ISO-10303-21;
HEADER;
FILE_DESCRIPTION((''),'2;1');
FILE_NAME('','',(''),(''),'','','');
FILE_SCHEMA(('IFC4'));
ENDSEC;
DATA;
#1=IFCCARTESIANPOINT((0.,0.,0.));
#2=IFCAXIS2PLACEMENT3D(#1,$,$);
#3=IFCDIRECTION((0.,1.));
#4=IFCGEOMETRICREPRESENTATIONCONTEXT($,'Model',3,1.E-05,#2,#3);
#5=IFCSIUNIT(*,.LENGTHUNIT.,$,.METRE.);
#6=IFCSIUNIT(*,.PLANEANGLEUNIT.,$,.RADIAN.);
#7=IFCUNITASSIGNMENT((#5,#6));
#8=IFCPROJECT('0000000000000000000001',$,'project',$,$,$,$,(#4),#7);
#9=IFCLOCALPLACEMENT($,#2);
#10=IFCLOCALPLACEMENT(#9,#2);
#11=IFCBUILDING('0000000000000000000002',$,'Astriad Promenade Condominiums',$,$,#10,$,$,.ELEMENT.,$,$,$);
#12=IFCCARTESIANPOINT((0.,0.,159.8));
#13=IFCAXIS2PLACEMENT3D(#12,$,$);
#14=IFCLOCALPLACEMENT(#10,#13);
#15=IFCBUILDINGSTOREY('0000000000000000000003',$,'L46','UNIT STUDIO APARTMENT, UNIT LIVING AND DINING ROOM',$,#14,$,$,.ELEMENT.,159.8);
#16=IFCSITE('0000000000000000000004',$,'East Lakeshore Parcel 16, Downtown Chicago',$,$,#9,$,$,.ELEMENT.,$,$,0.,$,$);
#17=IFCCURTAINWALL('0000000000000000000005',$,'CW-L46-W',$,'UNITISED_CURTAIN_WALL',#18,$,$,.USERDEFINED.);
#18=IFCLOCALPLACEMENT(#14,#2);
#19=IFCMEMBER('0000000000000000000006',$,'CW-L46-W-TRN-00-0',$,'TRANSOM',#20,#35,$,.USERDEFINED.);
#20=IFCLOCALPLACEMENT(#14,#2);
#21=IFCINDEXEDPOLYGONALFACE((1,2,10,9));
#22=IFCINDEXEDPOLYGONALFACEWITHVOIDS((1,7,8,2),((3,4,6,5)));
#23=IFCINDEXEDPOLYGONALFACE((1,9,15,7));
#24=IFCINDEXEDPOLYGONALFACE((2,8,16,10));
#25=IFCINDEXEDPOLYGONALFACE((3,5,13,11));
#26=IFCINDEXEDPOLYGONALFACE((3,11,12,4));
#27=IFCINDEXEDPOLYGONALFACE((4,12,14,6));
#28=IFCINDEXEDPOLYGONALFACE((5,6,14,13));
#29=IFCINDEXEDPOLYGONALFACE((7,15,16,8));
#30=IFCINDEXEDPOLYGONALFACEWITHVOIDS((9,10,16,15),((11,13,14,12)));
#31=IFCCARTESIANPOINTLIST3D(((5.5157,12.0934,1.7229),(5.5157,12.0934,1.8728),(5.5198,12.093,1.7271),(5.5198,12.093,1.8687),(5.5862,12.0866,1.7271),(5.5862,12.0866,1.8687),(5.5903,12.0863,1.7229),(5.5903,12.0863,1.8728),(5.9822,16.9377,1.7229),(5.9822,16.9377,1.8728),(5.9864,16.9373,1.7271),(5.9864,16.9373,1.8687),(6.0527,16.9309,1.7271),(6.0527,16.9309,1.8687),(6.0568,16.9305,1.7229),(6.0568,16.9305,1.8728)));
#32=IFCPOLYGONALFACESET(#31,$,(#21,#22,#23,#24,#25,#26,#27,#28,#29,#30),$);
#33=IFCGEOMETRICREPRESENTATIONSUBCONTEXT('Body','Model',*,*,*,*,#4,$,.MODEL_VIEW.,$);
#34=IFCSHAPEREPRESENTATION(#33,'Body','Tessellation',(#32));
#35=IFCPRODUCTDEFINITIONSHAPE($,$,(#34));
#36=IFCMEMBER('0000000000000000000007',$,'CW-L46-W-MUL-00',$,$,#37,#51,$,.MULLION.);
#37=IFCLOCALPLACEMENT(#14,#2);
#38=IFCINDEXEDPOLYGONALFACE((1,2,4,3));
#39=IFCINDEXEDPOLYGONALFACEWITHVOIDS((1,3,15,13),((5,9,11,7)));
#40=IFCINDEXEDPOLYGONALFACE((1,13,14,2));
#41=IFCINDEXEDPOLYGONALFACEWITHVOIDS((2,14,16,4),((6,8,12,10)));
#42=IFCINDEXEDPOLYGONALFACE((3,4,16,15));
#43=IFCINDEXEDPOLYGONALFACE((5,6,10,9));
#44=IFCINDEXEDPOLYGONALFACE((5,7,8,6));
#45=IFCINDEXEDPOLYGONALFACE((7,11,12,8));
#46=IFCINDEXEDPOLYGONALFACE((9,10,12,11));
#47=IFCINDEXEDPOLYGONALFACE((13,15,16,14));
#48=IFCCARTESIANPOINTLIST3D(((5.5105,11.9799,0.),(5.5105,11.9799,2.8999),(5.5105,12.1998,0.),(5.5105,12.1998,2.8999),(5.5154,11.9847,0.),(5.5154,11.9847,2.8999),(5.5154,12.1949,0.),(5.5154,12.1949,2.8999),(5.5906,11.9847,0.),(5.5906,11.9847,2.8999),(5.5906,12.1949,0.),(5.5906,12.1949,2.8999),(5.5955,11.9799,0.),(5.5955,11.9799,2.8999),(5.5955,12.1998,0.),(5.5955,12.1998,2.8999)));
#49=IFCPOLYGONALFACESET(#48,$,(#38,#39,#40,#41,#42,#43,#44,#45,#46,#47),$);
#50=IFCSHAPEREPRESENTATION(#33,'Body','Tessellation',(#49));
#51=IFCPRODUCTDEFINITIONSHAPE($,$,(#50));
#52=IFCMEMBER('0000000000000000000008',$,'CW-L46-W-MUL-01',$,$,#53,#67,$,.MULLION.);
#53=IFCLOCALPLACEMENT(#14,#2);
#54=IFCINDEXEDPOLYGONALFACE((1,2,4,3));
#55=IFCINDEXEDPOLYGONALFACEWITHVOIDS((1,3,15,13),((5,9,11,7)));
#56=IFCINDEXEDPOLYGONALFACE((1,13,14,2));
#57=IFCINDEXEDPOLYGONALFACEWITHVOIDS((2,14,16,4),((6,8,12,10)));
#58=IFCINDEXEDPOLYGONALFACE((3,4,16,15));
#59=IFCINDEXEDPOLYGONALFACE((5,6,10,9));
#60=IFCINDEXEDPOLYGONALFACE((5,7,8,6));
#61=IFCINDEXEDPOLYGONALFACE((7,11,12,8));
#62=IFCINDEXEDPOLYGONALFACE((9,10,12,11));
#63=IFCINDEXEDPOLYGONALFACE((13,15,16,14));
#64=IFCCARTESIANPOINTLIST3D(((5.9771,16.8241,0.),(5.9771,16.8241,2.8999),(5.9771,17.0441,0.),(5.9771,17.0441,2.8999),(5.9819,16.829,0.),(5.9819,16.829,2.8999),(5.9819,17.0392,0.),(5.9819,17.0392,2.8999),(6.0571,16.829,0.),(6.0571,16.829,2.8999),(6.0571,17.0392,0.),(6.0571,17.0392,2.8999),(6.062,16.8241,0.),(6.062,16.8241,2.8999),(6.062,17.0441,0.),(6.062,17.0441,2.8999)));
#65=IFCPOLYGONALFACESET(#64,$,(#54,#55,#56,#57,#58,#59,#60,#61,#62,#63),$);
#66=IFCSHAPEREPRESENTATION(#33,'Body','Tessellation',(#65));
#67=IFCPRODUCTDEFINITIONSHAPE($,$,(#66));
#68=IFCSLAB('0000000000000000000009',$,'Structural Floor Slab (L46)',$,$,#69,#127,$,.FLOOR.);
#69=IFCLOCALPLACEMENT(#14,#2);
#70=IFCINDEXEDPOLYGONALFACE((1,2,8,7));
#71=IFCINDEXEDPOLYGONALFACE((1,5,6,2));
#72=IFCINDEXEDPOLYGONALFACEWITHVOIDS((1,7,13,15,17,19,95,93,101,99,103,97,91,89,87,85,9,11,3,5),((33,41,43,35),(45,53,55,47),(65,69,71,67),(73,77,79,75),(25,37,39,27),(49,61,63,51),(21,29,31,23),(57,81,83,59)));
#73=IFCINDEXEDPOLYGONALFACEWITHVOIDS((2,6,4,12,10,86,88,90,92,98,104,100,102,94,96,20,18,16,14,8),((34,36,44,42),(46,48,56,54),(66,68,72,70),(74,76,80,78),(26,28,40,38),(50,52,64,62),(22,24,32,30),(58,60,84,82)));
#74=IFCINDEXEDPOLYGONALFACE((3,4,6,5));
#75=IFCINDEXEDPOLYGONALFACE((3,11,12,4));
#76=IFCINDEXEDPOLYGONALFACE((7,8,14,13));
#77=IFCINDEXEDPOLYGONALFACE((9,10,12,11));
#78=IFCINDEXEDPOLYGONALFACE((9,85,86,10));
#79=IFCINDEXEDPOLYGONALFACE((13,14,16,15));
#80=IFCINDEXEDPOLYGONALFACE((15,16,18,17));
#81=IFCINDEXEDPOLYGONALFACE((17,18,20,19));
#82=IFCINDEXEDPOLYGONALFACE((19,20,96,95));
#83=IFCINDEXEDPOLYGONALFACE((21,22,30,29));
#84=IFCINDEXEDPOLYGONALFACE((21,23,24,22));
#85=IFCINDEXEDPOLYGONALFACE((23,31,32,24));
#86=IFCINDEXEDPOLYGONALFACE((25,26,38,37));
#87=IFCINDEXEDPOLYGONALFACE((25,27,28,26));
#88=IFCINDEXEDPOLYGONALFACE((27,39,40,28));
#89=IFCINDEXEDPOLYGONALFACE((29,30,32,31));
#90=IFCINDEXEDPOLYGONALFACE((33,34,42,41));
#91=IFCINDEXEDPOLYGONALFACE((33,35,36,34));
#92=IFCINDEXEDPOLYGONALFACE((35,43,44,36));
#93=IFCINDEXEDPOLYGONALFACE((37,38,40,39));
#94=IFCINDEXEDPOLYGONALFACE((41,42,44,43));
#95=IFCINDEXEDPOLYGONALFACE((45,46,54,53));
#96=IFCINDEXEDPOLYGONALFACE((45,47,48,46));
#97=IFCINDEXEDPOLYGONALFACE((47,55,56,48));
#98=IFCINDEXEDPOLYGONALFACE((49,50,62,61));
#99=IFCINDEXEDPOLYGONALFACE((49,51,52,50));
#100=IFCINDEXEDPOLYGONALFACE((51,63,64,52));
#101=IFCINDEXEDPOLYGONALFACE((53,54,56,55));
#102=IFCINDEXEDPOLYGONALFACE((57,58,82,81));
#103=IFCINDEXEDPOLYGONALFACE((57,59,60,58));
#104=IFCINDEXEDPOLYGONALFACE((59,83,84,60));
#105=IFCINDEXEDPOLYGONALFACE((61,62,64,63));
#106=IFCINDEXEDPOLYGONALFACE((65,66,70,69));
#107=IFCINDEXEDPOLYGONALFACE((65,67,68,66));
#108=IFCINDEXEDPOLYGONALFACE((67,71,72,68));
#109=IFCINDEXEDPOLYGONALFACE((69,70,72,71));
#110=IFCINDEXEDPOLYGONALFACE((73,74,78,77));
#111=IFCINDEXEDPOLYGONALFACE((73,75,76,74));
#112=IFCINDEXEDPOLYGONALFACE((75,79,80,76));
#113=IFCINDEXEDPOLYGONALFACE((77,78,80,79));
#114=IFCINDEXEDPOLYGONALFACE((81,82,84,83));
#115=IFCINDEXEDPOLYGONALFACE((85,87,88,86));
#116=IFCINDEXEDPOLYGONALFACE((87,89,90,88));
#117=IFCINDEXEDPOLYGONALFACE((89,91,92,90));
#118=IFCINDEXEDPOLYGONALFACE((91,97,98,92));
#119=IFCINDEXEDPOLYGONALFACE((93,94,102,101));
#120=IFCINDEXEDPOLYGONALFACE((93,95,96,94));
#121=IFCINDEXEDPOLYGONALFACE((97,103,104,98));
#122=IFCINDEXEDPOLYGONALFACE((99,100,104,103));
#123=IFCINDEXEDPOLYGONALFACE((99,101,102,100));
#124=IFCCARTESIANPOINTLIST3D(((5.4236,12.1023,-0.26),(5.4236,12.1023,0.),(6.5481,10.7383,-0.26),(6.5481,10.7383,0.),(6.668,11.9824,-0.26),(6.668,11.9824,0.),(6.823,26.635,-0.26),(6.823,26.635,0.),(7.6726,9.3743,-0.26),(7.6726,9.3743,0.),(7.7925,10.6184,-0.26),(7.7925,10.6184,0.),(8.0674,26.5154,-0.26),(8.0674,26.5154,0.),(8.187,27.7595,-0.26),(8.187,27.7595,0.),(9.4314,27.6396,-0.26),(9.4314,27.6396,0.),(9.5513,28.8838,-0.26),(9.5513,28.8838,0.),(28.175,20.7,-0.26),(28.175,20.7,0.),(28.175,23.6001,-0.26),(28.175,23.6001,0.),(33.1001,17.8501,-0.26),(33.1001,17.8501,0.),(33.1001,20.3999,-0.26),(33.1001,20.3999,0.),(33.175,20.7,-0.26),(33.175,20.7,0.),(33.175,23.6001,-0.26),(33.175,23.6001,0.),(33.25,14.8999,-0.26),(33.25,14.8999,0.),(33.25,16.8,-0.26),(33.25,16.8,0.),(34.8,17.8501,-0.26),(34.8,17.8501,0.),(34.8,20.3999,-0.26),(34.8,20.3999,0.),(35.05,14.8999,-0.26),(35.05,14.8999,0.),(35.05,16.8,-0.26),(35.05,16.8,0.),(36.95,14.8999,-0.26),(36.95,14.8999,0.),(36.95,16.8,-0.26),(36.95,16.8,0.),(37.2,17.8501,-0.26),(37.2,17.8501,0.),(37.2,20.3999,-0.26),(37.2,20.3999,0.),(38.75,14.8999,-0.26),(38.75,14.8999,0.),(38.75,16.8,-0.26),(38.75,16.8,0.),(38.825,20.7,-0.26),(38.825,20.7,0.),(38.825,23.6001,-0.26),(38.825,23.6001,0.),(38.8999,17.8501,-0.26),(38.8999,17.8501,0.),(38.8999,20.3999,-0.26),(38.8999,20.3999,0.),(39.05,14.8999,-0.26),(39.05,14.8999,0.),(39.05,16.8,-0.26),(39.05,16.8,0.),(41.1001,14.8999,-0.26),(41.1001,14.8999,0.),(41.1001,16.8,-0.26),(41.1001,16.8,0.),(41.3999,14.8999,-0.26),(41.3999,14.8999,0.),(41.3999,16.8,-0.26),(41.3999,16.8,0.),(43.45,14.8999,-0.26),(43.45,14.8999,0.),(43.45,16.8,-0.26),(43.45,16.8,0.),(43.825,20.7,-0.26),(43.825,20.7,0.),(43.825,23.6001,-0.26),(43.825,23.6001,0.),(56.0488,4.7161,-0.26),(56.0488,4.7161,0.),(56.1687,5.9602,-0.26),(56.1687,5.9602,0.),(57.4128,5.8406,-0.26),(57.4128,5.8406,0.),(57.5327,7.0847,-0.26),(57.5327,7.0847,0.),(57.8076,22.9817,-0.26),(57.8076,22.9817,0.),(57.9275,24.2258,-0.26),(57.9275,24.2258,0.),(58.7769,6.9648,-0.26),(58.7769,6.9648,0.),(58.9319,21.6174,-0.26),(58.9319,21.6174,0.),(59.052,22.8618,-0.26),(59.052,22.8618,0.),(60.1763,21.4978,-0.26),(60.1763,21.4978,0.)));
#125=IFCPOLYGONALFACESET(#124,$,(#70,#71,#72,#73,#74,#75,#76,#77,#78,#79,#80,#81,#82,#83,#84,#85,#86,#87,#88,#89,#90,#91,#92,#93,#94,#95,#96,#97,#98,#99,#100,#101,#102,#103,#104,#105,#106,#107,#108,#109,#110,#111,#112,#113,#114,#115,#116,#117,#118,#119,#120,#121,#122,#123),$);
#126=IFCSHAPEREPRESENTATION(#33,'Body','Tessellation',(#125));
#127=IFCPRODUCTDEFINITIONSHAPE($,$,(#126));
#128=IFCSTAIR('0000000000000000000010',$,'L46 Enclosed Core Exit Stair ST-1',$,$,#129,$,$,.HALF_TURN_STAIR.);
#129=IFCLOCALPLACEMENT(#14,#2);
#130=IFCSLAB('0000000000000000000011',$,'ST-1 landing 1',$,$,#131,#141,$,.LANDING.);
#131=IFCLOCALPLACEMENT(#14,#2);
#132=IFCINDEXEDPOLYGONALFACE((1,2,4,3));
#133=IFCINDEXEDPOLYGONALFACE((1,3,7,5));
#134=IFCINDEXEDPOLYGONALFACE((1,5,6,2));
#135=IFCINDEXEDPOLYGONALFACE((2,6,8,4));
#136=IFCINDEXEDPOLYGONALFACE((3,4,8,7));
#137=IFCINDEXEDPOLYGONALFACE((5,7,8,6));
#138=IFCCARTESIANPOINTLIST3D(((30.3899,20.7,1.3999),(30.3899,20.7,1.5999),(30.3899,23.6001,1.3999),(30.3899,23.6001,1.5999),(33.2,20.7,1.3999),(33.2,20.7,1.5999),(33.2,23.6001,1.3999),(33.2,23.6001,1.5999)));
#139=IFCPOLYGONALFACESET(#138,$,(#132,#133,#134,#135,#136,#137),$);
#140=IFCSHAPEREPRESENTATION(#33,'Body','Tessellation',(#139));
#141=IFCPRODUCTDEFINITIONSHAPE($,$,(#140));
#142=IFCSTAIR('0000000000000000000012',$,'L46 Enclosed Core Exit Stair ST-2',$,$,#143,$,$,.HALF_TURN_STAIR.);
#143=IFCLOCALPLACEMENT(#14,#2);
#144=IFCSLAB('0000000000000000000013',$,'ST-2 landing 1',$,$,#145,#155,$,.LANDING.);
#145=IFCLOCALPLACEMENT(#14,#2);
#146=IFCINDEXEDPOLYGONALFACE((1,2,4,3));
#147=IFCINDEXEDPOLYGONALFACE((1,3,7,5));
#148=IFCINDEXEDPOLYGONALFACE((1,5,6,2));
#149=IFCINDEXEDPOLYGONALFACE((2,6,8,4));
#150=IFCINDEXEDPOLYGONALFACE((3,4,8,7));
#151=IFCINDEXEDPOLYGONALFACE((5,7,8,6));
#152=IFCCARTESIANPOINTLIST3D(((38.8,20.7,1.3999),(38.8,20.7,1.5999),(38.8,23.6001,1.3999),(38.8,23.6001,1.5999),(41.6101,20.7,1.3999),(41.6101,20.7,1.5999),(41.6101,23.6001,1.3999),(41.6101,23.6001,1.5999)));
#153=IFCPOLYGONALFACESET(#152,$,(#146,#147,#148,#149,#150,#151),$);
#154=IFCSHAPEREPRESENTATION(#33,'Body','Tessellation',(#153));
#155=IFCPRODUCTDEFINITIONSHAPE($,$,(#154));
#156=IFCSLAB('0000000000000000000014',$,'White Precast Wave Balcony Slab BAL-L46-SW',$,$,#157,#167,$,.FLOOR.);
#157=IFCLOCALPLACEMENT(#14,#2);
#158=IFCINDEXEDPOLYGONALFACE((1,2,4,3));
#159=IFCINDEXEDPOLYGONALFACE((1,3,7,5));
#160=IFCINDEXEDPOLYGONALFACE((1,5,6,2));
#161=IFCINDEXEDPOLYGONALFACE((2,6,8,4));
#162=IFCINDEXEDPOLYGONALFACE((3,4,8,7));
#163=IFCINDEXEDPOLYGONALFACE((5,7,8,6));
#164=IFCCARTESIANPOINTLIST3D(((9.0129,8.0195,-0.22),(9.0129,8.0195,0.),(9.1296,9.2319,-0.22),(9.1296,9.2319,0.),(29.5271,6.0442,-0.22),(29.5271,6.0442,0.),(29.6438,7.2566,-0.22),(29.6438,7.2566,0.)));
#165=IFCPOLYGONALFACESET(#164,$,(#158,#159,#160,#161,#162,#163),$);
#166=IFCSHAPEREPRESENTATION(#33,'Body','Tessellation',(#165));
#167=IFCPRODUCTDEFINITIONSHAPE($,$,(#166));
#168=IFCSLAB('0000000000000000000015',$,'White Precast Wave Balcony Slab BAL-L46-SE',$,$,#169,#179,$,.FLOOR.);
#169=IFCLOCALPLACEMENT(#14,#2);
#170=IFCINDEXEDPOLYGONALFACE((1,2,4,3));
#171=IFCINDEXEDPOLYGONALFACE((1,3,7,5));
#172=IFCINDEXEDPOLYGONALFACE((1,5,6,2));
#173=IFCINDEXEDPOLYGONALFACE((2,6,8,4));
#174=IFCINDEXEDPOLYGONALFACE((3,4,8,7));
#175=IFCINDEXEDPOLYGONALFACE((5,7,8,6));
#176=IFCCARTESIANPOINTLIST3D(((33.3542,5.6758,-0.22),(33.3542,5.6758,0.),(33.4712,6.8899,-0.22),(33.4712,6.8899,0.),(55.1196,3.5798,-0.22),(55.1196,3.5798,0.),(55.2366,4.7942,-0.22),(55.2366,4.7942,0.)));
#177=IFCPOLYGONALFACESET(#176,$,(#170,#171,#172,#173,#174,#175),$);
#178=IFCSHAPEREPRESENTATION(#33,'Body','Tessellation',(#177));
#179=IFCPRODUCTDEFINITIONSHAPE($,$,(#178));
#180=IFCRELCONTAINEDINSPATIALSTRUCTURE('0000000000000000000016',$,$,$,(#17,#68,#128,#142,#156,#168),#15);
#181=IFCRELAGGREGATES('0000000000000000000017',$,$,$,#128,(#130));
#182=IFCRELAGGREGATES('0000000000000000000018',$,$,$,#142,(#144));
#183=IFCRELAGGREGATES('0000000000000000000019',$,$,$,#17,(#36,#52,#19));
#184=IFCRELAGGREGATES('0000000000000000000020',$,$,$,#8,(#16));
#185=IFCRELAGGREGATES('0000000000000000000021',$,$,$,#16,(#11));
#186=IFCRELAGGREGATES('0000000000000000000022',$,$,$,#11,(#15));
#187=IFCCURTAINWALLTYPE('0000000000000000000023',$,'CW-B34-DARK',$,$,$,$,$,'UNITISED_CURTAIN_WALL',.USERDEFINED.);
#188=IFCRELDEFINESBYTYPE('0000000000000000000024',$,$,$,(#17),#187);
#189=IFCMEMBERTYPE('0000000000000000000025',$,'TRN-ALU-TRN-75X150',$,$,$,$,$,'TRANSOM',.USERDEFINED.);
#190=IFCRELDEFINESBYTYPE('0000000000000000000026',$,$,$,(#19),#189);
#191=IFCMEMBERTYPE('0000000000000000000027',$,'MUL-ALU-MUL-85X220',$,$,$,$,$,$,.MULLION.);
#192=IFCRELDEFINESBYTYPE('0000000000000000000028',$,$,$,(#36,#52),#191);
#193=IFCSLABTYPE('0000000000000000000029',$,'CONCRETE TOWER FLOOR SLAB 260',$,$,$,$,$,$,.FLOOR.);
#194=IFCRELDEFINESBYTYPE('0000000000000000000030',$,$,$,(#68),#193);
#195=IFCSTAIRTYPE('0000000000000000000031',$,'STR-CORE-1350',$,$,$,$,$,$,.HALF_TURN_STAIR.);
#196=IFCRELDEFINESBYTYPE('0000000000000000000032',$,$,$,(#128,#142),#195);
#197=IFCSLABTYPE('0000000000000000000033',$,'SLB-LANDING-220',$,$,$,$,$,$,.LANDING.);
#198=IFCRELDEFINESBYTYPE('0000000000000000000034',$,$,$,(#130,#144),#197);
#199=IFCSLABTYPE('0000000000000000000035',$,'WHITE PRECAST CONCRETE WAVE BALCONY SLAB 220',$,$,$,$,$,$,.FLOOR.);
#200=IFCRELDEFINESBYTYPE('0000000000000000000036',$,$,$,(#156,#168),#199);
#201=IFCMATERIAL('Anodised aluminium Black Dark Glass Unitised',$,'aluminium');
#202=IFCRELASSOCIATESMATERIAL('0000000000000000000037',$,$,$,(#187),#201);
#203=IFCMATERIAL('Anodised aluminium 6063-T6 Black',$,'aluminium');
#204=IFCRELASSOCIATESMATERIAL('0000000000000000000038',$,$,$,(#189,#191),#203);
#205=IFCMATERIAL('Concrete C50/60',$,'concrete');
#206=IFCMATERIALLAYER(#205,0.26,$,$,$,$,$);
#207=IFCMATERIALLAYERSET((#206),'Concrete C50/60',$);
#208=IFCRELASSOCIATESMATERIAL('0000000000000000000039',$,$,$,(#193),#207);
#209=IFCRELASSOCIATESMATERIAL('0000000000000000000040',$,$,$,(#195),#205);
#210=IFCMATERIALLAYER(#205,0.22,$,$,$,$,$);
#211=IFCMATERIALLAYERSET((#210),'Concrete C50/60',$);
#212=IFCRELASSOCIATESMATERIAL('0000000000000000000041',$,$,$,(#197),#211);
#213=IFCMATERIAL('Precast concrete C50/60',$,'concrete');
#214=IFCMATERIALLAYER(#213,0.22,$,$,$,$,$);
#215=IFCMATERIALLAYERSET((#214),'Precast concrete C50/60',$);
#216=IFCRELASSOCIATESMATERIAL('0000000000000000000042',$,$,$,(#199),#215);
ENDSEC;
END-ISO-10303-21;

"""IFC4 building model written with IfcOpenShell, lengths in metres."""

from ifc_helpers import new_model, si_unit, direction, frame, origin, origin_2d, place, context, subcontext, project, spatial, polyline, hollow_rectangle, outline, extrude, source, transform, mapped, material, layer, layer_set, material_profile, profile_set, type_object, type_shapes, element, aggregate, save


model = new_model("IFC4")

# Units and contexts
model_context = context("Model", 3, precision=1e-05, world=origin(), true_north=direction((0.0, 1.0)))
body_context = subcontext(model_context, "Body", "Model", "MODEL_VIEW")
ifc_project = project(units=[si_unit("LENGTHUNIT", "METRE"), si_unit("PLANEANGLEUNIT", "RADIAN")], contexts=[model_context])

# Site, building, storey
site_placement = place(None, origin())
site = spatial("IfcSite", under=ifc_project, at=site_placement, Name="East Lakeshore Parcel 16, Downtown Chicago", CompositionType="ELEMENT", RefElevation=0.0)
building_placement = place(site_placement, origin())
building = spatial("IfcBuilding", under=site, at=building_placement, Name="Astriad Promenade Condominiums", CompositionType="ELEMENT")
storey_placement = place(building_placement, frame((0.0, 0.0, 159.8)))
storey = spatial("IfcBuildingStorey", under=building, at=storey_placement, Name="L46", Description="UNIT STUDIO APARTMENT, UNIT LIVING AND DINING ROOM", CompositionType="ELEMENT", Elevation=159.8)

# Curtain wall, members
ifc_material_1 = material(Name="Anodised aluminium Black Dark Glass Unitised", Category="aluminium")
curtain_wall_type = type_object("IfcCurtainWallType", Name="CW-B34-DARK", ElementType="UNITISED_CURTAIN_WALL", PredefinedType="USERDEFINED", material=ifc_material_1)
curtain_wall_placement = place(storey_placement, origin())
curtain_wall = element("IfcCurtainWall", 1, at=curtain_wall_placement, inside=storey, type_object=curtain_wall_type, Name="CW-L46-W", ObjectType="UNITISED_CURTAIN_WALL", PredefinedType="USERDEFINED")
ifc_material_2 = material(Name="Anodised aluminium 6063-T6 Black", Category="aluminium")
ifc_material_profile_1 = material_profile(ifc_material_2, hollow_rectangle(XDim=0.075, YDim=0.1499, WallThickness=0.0042, at=origin_2d()), Name="ALU-TRN-75X150")
ifc_profile_set_1 = profile_set([ifc_material_profile_1], Name="Anodised aluminium 6063-T6 Black")
member_type_1 = type_object("IfcMemberType", Name="TRN-ALU-TRN-75X150", ElementType="TRANSOM", PredefinedType="USERDEFINED", material=ifc_profile_set_1)
shared_shape_1 = source(origin(), body_context, "Body", "SweptSolid", [
    extrude(hollow_rectangle(XDim=0.075, YDim=0.1499, WallThickness=0.0042, at=origin_2d()), origin(), (0.0, 0.0, 1.0), 4.8667),
])
type_shapes(member_type_1, [shared_shape_1])
member_1_placement = place(storey_placement, frame((5.553, 12.0898, 1.7979), z_axis=(0.095867, 0.995394, 0.0), x_axis=(-0.995394, 0.095867, 0.0)))
member_1 = element("IfcMember", 2, at=member_1_placement, type_object=member_type_1, Name="CW-L46-W-TRN-00-0", ObjectType="TRANSOM", PredefinedType="USERDEFINED", context=body_context, shape_type="MappedRepresentation", body=[
    mapped(shared_shape_1, transform((0.0, 0.0, 0.0), scale=1.0)),
])
ifc_material_profile_2 = material_profile(ifc_material_2, hollow_rectangle(XDim=0.085, YDim=0.22, WallThickness=0.0049, at=origin_2d()), Name="ALU-MUL-85X220")
ifc_profile_set_2 = profile_set([ifc_material_profile_2], Name="Anodised aluminium 6063-T6 Black")
member_type_2 = type_object("IfcMemberType", Name="MUL-ALU-MUL-85X220", PredefinedType="MULLION", material=ifc_profile_set_2)
shared_shape_2 = source(origin(), body_context, "Body", "SweptSolid", [
    extrude(hollow_rectangle(XDim=0.085, YDim=0.22, WallThickness=0.0049, at=origin_2d()), origin(), (0.0, 0.0, 1.0), 2.8999),
])
type_shapes(member_type_2, [shared_shape_2])
member_2_placement = place(storey_placement, frame((5.553, 12.0898, 0.0), z_axis=(0.0, 0.0, 1.0), x_axis=(1.0, 0.0, 0.0)))
member_2 = element("IfcMember", 3, at=member_2_placement, type_object=member_type_2, Name="CW-L46-W-MUL-00", PredefinedType="MULLION", context=body_context, shape_type="MappedRepresentation", body=[
    mapped(shared_shape_2, transform((0.0, 0.0, 0.0), scale=1.0)),
])
member_3_placement = place(storey_placement, frame((6.0195, 16.9341, 0.0), z_axis=(0.0, 0.0, 1.0), x_axis=(1.0, 0.0, 0.0)))
member_3 = element("IfcMember", 4, at=member_3_placement, type_object=member_type_2, Name="CW-L46-W-MUL-01", PredefinedType="MULLION", context=body_context, shape_type="MappedRepresentation", body=[
    mapped(shared_shape_2, transform((0.0, 0.0, 0.0), scale=1.0)),
])

# Slab
ifc_material_3 = material(Name="Concrete C50/60", Category="concrete")
ifc_layer_1 = layer(ifc_material_3, 0.26)
ifc_layer_set_1 = layer_set([ifc_layer_1], Name="Concrete C50/60")
slab_type_1 = type_object("IfcSlabType", Name="CONCRETE TOWER FLOOR SLAB 260", PredefinedType="FLOOR", material=ifc_layer_set_1)
slab_1_placement = place(storey_placement, frame((0.0, 0.0, -0.26)))
element("IfcSlab", 5, at=slab_1_placement, inside=storey, type_object=slab_type_1, Name="Structural Floor Slab (L46)", PredefinedType="FLOOR", context=body_context, shape_type="SweptSolid", body=[
    extrude(outline(polyline([(7.6726, 9.3743), (56.0488, 4.7161), (56.1687, 5.9602), (57.4128, 5.8406), (57.5327, 7.0847), (58.7769, 6.9648), (60.1763, 21.4978), (58.9319, 21.6174), (59.052, 22.8618), (57.8076, 22.9817), (57.9275, 24.2258), (9.5513, 28.8838), (9.4314, 27.6396), (8.187, 27.7595), (8.0674, 26.5154), (6.823, 26.635), (5.4236, 12.1023), (6.668, 11.9824), (6.5481, 10.7383), (7.7925, 10.6184), (7.6726, 9.3743)]), holes=[polyline([(28.175, 20.7), (33.175, 20.7), (33.175, 23.6001), (28.175, 23.6001), (28.175, 20.7)]), polyline([(38.825, 20.7), (43.825, 20.7), (43.825, 23.6001), (38.825, 23.6001), (38.825, 20.7)]), polyline([(33.1001, 17.8501), (34.8, 17.8501), (34.8, 20.3999), (33.1001, 20.3999), (33.1001, 17.8501)]), polyline([(37.2, 17.8501), (38.8999, 17.8501), (38.8999, 20.3999), (37.2, 20.3999), (37.2, 17.8501)]), polyline([(33.25, 14.8999), (35.05, 14.8999), (35.05, 16.8), (33.25, 16.8), (33.25, 14.8999)]), polyline([(36.95, 14.8999), (38.75, 14.8999), (38.75, 16.8), (36.95, 16.8), (36.95, 14.8999)]), polyline([(39.05, 14.8999), (41.1001, 14.8999), (41.1001, 16.8), (39.05, 16.8), (39.05, 14.8999)]), polyline([(41.3999, 14.8999), (43.45, 14.8999), (43.45, 16.8), (41.3999, 16.8), (41.3999, 14.8999)])]), origin(), (0.0, 0.0, 1.0), 0.26),
])

# Stairs, slabs
stair_type = type_object("IfcStairType", Name="STR-CORE-1350", PredefinedType="HALF_TURN_STAIR", material=ifc_material_3)
stair_1_placement = place(storey_placement, origin())
stair_1 = element("IfcStair", 6, at=stair_1_placement, inside=storey, type_object=stair_type, Name="L46 Enclosed Core Exit Stair ST-1", PredefinedType="HALF_TURN_STAIR")
ifc_layer_2 = layer(ifc_material_3, 0.22)
ifc_layer_set_2 = layer_set([ifc_layer_2], Name="Concrete C50/60")
slab_type_2 = type_object("IfcSlabType", Name="SLB-LANDING-220", PredefinedType="LANDING", material=ifc_layer_set_2)
slab_2_placement = place(storey_placement, frame((0.0, 0.0, 1.3999)))
slab_2 = element("IfcSlab", 7, at=slab_2_placement, type_object=slab_type_2, Name="ST-1 landing 1", PredefinedType="LANDING", context=body_context, shape_type="SweptSolid", body=[
    extrude(outline(polyline([(30.3899, 20.7), (33.2, 20.7), (33.2, 23.6001), (30.3899, 23.6001), (30.3899, 20.7)])), origin(), (0.0, 0.0, 1.0), 0.2),
])
aggregate(stair_1, [slab_2])
stair_2_placement = place(storey_placement, origin())
stair_2 = element("IfcStair", 8, at=stair_2_placement, inside=storey, type_object=stair_type, Name="L46 Enclosed Core Exit Stair ST-2", PredefinedType="HALF_TURN_STAIR")
slab_3_placement = place(storey_placement, frame((0.0, 0.0, 1.3999)))
slab_3 = element("IfcSlab", 9, at=slab_3_placement, type_object=slab_type_2, Name="ST-2 landing 1", PredefinedType="LANDING", context=body_context, shape_type="SweptSolid", body=[
    extrude(outline(polyline([(41.6101, 23.6001), (38.8, 23.6001), (38.8, 20.7), (41.6101, 20.7), (41.6101, 23.6001)])), origin(), (0.0, 0.0, 1.0), 0.2),
])
aggregate(stair_2, [slab_3])

# Slabs
ifc_material_4 = material(Name="Precast concrete C50/60", Category="concrete")
ifc_layer_3 = layer(ifc_material_4, 0.22)
ifc_layer_set_3 = layer_set([ifc_layer_3], Name="Precast concrete C50/60")
slab_type_3 = type_object("IfcSlabType", Name="WHITE PRECAST CONCRETE WAVE BALCONY SLAB 220", PredefinedType="FLOOR", material=ifc_layer_set_3)
slab_4_placement = place(storey_placement, frame((0.0, 0.0, -0.22)))
element("IfcSlab", 10, at=slab_4_placement, inside=storey, type_object=slab_type_3, Name="White Precast Wave Balcony Slab BAL-L46-SW", PredefinedType="FLOOR", context=body_context, shape_type="SweptSolid", body=[
    extrude(outline(polyline([(29.5271, 6.0442), (9.0129, 8.0195), (9.1296, 9.2319), (29.6438, 7.2566), (29.5271, 6.0442)])), origin(), (0.0, 0.0, 1.0), 0.22),
])
slab_5_placement = place(storey_placement, frame((0.0, 0.0, -0.22)))
element("IfcSlab", 11, at=slab_5_placement, inside=storey, type_object=slab_type_3, Name="White Precast Wave Balcony Slab BAL-L46-SE", PredefinedType="FLOOR", context=body_context, shape_type="SweptSolid", body=[
    extrude(outline(polyline([(33.3542, 5.6758), (55.1196, 3.5798), (55.2366, 4.7942), (33.4712, 6.8899), (33.3542, 5.6758)])), origin(), (0.0, 0.0, 1.0), 0.22),
])

aggregate(curtain_wall, [member_2, member_3, member_1])

save(model, "model.ifc")
